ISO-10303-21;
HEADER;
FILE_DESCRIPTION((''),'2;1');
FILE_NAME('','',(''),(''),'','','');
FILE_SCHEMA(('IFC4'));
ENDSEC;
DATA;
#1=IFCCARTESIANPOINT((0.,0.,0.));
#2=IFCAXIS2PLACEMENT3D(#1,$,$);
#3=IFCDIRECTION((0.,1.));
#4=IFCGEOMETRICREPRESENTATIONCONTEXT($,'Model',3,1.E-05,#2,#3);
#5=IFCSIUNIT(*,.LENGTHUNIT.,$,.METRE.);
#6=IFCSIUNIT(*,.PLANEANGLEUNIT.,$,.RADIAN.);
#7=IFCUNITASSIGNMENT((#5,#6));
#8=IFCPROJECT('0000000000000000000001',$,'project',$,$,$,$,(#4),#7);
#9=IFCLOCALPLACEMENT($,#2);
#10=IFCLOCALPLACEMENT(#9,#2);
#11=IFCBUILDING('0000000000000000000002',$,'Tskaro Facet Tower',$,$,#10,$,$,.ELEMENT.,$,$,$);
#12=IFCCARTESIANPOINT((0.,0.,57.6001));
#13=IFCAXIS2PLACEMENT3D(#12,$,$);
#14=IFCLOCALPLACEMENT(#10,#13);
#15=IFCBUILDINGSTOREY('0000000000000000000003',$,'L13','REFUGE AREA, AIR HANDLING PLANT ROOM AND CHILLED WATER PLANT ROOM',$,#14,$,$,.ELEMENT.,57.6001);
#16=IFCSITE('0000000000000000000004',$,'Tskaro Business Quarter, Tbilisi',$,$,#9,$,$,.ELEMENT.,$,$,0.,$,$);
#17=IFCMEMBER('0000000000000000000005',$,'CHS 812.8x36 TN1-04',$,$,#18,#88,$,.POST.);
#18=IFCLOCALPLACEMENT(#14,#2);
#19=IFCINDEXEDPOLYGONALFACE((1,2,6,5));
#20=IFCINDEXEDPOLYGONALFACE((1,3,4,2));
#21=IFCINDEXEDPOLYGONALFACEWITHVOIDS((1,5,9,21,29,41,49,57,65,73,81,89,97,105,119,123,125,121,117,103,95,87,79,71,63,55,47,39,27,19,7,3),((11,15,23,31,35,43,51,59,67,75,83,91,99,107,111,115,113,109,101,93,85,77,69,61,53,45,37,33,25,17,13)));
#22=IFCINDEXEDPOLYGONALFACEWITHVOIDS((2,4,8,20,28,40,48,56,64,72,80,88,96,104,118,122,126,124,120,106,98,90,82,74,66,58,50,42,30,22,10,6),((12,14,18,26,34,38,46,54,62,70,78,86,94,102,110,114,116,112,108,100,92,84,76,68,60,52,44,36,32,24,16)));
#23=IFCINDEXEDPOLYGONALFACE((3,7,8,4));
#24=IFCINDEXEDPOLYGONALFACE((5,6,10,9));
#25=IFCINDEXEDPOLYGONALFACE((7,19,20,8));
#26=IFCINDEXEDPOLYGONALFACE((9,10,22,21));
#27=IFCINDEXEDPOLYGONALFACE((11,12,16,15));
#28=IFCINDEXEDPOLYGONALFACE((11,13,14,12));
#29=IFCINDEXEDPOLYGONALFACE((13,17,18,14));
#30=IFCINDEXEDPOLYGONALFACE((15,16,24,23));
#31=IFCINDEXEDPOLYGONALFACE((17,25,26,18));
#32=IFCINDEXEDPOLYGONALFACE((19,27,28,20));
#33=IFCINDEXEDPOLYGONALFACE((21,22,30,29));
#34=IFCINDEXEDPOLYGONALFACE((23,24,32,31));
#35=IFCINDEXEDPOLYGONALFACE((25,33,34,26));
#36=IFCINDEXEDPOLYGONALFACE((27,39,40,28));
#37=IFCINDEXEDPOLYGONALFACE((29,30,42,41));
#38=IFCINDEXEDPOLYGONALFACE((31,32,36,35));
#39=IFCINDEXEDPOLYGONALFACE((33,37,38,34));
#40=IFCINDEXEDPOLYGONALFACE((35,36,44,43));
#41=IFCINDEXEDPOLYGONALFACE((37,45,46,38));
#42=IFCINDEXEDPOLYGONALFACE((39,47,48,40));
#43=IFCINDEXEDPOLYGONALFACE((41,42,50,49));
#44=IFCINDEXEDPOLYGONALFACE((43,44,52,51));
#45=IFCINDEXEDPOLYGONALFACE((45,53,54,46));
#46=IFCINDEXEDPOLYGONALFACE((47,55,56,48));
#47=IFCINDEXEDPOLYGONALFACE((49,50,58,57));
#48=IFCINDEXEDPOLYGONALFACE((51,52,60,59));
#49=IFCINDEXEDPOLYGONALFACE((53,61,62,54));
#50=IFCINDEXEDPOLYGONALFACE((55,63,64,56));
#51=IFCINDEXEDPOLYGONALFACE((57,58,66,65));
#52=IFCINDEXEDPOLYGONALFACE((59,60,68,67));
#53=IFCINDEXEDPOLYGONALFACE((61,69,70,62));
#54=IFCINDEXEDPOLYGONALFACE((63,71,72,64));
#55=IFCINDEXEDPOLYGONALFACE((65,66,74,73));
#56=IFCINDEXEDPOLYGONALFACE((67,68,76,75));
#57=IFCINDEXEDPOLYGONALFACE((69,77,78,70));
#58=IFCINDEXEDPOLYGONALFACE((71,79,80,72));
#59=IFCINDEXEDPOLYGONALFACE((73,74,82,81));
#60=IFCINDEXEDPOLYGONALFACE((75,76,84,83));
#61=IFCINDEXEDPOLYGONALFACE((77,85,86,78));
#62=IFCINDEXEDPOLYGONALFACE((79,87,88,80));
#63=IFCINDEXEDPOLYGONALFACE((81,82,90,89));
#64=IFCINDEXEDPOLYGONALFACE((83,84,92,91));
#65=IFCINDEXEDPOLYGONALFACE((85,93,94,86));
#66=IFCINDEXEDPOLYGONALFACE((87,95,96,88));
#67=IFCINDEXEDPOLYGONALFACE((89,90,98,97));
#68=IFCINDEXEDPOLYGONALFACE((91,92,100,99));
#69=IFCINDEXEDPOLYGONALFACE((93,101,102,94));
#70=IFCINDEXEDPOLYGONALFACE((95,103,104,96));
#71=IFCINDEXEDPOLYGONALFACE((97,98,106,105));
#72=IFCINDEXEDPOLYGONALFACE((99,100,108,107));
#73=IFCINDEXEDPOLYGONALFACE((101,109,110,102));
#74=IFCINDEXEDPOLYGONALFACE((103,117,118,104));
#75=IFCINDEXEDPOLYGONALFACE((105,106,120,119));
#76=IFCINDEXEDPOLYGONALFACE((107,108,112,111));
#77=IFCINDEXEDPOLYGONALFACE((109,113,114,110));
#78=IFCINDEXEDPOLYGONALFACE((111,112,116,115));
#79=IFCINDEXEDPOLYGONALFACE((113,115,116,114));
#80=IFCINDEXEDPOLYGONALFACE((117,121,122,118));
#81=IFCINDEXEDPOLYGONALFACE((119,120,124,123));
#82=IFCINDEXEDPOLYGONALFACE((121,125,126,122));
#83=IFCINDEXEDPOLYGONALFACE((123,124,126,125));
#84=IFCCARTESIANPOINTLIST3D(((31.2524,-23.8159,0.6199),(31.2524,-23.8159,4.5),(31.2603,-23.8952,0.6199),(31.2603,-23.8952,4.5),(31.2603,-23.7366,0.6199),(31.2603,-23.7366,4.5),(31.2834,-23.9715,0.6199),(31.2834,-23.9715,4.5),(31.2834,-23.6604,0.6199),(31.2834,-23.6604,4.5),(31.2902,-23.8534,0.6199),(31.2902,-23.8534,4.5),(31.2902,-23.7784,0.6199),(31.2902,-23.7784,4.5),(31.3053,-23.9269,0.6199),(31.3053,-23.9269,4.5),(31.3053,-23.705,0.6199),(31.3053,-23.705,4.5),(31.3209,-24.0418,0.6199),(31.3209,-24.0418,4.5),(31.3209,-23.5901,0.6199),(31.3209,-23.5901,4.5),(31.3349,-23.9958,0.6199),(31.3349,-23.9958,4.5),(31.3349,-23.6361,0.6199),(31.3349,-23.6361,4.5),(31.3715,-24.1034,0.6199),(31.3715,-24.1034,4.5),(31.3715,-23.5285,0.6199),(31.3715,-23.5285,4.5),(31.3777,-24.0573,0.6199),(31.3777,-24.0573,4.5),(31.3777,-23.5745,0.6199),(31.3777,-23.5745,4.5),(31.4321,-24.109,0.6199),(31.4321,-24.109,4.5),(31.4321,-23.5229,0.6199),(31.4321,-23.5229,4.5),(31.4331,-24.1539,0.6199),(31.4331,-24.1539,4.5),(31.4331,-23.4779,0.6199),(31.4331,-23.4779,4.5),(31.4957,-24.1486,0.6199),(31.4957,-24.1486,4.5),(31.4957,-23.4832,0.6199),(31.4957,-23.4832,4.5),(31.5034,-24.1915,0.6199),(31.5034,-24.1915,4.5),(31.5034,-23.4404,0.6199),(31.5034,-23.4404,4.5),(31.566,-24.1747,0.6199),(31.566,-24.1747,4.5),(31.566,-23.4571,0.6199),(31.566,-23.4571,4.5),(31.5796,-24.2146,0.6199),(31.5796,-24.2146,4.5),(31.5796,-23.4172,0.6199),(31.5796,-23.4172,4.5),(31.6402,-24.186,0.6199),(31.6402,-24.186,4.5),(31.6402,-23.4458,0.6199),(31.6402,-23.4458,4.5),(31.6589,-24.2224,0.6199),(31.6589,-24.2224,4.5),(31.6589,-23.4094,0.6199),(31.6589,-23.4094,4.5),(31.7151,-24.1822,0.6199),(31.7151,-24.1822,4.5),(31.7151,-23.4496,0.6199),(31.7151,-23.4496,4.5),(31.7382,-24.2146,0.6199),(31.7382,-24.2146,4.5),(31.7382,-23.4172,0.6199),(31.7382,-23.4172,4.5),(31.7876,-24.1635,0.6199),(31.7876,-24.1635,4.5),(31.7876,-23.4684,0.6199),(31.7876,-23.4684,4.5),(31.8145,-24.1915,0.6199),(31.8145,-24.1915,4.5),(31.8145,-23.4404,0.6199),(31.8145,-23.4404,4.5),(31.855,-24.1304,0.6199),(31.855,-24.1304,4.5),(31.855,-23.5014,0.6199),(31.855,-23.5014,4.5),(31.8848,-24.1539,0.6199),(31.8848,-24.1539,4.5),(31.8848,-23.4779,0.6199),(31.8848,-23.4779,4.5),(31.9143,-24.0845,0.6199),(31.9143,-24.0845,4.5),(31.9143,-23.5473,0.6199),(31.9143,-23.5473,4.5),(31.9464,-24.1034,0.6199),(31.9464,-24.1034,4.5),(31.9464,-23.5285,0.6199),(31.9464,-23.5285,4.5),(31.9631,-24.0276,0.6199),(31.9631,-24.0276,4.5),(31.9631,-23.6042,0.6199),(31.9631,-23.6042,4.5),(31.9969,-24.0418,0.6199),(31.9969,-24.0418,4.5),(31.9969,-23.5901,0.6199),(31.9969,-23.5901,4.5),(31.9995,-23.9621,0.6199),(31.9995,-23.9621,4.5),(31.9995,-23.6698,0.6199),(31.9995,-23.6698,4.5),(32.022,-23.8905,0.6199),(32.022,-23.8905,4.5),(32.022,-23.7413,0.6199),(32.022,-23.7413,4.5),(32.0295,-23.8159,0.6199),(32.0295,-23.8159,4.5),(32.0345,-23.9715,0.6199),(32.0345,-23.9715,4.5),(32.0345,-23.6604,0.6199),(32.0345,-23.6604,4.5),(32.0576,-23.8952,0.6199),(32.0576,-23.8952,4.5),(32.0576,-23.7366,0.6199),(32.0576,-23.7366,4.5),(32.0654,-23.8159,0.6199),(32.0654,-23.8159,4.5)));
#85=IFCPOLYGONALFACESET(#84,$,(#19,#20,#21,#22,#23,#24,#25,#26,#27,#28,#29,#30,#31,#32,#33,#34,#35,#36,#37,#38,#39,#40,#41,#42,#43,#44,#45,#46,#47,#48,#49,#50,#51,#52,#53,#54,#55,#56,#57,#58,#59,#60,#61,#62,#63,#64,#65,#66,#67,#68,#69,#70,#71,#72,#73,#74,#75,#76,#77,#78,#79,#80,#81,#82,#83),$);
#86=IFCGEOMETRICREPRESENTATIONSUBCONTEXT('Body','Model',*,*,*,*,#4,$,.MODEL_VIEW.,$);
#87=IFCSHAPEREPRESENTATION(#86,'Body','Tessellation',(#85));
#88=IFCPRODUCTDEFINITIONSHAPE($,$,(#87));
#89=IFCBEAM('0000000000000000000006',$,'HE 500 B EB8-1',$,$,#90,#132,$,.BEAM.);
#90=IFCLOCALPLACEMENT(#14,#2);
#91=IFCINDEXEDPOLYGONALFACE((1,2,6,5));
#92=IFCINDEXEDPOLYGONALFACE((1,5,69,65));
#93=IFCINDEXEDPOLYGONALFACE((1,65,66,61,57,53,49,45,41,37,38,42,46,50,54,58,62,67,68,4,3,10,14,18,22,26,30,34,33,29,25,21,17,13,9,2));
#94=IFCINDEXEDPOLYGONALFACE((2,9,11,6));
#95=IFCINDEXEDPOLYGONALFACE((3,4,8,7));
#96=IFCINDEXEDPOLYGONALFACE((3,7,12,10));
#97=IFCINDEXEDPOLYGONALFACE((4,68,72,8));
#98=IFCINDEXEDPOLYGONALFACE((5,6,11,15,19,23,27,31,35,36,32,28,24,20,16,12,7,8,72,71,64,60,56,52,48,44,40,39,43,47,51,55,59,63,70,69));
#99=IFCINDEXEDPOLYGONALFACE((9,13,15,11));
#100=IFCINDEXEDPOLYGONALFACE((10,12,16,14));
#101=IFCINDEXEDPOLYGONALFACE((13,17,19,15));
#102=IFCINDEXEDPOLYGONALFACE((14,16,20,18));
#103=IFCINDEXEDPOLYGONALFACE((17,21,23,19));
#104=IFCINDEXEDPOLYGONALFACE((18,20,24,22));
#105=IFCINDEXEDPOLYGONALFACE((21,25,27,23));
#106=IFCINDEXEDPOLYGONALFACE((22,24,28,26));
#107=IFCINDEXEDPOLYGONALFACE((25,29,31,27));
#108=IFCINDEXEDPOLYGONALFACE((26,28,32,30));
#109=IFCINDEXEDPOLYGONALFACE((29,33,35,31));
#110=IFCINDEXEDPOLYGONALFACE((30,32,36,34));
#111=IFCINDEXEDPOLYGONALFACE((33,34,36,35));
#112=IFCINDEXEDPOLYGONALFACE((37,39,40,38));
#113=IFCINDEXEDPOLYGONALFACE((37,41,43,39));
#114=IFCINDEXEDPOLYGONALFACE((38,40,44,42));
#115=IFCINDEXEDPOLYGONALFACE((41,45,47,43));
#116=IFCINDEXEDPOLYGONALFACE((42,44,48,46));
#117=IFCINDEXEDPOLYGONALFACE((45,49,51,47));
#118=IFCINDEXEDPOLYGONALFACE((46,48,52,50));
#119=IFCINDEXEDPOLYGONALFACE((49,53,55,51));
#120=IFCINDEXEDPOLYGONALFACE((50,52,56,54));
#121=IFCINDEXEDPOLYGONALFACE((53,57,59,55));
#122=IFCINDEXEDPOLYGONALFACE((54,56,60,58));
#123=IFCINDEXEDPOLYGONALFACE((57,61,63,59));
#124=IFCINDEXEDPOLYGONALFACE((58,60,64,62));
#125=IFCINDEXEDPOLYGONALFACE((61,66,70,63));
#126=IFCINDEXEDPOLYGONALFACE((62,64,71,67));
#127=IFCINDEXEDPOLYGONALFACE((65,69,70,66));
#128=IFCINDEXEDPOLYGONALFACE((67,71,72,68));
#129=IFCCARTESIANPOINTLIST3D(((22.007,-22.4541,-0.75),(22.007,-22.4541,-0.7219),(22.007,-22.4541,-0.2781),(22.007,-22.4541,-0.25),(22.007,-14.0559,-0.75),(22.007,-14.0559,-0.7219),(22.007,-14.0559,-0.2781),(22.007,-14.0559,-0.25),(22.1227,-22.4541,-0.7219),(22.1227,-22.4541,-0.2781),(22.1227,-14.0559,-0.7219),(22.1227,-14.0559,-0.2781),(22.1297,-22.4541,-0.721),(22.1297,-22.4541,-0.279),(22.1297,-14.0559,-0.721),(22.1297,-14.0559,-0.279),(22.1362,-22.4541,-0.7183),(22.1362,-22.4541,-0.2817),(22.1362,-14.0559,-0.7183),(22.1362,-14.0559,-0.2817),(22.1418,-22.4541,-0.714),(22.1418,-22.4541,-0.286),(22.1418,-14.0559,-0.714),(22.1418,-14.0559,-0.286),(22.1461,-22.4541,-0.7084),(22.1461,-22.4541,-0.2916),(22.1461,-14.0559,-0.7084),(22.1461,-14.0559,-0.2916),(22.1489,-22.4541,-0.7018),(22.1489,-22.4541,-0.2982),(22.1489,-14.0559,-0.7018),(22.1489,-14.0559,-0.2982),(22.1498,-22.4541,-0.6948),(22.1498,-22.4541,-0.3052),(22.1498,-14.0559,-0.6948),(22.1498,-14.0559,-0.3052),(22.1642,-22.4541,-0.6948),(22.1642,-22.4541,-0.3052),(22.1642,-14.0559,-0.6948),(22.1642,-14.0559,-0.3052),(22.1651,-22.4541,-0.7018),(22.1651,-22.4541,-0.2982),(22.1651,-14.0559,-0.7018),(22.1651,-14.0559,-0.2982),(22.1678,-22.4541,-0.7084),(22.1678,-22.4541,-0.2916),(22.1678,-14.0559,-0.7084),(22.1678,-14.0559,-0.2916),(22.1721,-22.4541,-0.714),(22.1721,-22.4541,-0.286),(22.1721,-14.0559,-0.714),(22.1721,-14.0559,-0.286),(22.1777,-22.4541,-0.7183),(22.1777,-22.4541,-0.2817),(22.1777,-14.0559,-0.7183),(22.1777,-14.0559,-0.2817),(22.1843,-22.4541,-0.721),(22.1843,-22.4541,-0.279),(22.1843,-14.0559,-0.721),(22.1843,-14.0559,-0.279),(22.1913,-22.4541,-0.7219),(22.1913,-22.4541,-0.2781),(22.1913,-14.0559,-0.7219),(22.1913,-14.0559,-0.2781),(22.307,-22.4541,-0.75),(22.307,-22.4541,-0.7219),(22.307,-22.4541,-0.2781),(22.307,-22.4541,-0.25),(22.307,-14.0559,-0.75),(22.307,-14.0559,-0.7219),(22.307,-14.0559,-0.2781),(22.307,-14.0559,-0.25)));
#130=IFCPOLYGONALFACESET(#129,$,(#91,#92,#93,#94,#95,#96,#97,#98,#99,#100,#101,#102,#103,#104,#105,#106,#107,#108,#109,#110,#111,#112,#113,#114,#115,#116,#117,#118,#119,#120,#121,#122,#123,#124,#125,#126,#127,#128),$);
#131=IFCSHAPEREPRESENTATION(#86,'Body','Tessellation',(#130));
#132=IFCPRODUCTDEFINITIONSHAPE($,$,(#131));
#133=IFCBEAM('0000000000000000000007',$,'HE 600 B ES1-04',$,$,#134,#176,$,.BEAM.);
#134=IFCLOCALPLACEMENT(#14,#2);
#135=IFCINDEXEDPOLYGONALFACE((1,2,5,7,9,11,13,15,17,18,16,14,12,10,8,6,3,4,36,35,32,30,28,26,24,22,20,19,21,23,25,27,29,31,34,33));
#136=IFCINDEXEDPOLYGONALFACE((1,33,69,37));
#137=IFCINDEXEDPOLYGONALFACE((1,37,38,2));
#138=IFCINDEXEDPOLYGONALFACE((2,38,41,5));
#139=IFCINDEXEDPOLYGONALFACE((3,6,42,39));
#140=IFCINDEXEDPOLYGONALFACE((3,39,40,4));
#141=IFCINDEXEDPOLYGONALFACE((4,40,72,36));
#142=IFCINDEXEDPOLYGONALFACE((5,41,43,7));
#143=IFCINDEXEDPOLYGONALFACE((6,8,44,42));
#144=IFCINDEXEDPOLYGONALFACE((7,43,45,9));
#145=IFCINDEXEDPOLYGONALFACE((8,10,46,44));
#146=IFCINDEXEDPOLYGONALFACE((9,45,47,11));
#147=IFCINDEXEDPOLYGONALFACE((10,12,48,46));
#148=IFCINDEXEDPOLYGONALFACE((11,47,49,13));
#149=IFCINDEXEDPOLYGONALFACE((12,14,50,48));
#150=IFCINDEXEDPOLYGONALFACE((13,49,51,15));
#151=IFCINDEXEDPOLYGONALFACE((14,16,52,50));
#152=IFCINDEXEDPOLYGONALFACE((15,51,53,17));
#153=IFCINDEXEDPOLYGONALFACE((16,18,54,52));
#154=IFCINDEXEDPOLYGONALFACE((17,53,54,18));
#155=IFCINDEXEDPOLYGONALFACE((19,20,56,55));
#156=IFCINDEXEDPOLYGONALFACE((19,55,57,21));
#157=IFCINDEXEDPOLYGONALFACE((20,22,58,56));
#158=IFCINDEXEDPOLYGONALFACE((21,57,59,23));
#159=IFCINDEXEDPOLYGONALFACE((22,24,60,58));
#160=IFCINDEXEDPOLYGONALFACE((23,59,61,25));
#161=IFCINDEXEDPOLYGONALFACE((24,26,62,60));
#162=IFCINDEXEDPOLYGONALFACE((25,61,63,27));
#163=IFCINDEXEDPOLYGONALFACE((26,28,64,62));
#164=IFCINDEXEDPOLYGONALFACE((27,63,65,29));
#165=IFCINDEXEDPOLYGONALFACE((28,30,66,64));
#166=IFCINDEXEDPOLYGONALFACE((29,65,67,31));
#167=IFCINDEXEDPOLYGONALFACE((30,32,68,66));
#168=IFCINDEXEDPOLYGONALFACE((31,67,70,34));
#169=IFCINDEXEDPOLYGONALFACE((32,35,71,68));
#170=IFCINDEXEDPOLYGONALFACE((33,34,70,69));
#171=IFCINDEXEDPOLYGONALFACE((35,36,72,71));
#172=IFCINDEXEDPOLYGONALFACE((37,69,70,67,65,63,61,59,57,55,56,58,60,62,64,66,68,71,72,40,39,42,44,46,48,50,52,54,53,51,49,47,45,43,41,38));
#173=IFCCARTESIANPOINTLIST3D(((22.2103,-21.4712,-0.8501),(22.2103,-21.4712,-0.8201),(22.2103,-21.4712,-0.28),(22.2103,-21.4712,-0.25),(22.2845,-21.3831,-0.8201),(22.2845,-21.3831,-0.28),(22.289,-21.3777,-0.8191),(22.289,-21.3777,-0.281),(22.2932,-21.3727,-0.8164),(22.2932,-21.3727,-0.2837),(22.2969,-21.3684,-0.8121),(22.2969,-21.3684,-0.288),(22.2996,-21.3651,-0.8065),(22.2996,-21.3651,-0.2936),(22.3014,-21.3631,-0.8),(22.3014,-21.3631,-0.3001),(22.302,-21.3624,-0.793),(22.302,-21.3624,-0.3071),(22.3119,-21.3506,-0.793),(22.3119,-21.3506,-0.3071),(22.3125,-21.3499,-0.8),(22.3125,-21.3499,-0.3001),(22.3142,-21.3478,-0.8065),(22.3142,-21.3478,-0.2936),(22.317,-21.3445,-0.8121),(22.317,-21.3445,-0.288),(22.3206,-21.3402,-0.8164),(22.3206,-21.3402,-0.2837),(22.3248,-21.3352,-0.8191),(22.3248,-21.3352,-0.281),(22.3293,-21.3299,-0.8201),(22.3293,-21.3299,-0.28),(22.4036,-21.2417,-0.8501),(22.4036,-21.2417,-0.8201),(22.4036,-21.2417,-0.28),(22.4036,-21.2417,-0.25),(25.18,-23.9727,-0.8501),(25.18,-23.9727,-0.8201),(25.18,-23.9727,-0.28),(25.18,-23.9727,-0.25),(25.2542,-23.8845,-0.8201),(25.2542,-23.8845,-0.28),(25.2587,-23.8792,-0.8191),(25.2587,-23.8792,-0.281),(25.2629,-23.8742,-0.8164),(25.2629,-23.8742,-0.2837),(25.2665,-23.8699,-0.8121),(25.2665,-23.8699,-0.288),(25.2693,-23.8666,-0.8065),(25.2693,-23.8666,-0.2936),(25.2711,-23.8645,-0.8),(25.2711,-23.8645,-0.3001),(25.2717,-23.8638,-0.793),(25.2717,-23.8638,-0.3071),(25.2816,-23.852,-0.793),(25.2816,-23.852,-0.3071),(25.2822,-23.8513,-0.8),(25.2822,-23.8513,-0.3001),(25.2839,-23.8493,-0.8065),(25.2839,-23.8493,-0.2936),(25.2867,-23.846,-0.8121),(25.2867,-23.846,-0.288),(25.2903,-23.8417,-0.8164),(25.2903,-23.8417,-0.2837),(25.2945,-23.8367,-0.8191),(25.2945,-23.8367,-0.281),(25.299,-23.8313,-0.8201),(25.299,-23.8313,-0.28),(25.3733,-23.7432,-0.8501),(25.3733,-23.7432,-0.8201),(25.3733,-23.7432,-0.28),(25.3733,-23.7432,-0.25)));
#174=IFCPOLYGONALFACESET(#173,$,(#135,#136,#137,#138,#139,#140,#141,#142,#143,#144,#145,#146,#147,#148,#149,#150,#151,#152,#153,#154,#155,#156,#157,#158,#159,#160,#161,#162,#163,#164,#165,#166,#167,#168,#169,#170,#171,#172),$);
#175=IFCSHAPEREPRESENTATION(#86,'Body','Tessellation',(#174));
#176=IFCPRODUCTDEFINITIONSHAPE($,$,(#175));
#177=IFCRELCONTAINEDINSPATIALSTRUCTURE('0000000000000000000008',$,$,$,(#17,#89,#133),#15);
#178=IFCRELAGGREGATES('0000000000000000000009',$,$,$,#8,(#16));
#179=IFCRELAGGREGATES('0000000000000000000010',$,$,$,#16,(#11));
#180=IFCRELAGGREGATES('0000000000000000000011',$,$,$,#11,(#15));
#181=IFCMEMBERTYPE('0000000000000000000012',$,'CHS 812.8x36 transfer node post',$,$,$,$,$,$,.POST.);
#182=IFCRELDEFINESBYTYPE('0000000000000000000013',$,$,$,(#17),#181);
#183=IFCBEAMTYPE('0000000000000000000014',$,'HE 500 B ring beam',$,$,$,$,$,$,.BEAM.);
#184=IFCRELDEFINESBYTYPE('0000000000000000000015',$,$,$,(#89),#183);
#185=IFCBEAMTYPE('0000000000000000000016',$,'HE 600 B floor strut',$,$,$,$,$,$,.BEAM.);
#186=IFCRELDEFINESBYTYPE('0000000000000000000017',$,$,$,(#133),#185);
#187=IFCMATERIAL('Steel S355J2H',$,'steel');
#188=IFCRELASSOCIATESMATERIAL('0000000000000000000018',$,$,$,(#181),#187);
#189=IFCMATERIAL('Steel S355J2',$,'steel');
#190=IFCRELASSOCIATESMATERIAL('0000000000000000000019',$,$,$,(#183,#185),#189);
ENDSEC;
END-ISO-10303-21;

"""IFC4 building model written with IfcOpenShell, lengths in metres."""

from ifc_helpers import new_model, si_unit, direction, frame, origin, origin_2d, place, context, subcontext, project, spatial, hollow_circle, i_section, extrude, material, material_profile, profile_set, type_object, element, save


model = new_model("IFC4")

# Units and contexts
model_context = context("Model", 3, precision=1e-05, world=origin(), true_north=direction((0.0, 1.0)))
body_context = subcontext(model_context, "Body", "Model", "MODEL_VIEW")
ifc_project = project(units=[si_unit("LENGTHUNIT", "METRE"), si_unit("PLANEANGLEUNIT", "RADIAN")], contexts=[model_context])

# Site, building, storey
site_placement = place(None, origin())
site = spatial("IfcSite", under=ifc_project, at=site_placement, Name="Tskaro Business Quarter, Tbilisi", CompositionType="ELEMENT", RefElevation=0.0)
building_placement = place(site_placement, origin())
building = spatial("IfcBuilding", under=site, at=building_placement, Name="Tskaro Facet Tower", CompositionType="ELEMENT")
storey_placement = place(building_placement, frame((0.0, 0.0, 57.6001)))
storey = spatial("IfcBuildingStorey", under=building, at=storey_placement, Name="L13", Description="REFUGE AREA, AIR HANDLING PLANT ROOM AND CHILLED WATER PLANT ROOM", CompositionType="ELEMENT", Elevation=57.6001)

# Shared definitions
ifc_material_1 = material(Name="Steel S355J2H", Category="steel")

# Shared definitions
ifc_material_2 = material(Name="Steel S355J2", Category="steel")

# Member
ifc_material_profile_1 = material_profile(ifc_material_1, hollow_circle(Radius=0.4065, WallThickness=0.0359, at=origin_2d()), Name="CHS 812.8x36")
ifc_profile_set_1 = profile_set([ifc_material_profile_1], Name="Steel S355J2H")
member_type_1 = type_object("IfcMemberType", Name="CHS 812.8x36 transfer node post", PredefinedType="POST", material=ifc_profile_set_1)
for number, where, z_axis, x_axis, name in (
    (1, (31.6589, -23.8159, 0.6199), (0.0, 0.0, 1.0), (1.0, 0.0, 0.0), "CHS 812.8x36 TN1-04"),
):
    element("IfcMember", number, at=place(storey_placement, frame(where, z_axis=z_axis, x_axis=x_axis)), inside=storey, type_object=member_type_1, Name=name, PredefinedType="POST", context=body_context, shape_type="SweptSolid", body=[
        extrude(hollow_circle(Radius=0.4065, WallThickness=0.0359, at=origin_2d()), origin(), (0.0, 0.0, 1.0), 3.8801),
    ])

# Beams
ifc_material_profile_2 = material_profile(ifc_material_2, i_section(OverallWidth=0.3, OverallDepth=0.5, WebThickness=0.0144, FlangeThickness=0.0281, FilletRadius=0.0271, at=origin_2d()), Name="HE 500 B")
ifc_profile_set_2 = profile_set([ifc_material_profile_2], Name="Steel S355J2")
beam_type_1 = type_object("IfcBeamType", Name="HE 500 B ring beam", PredefinedType="BEAM", material=ifc_profile_set_2)
beam_1_placement = place(storey_placement, frame((22.157, -22.4541, -0.5), z_axis=(0.0, 1.0, 0.0), x_axis=(-1.0, 0.0, 0.0)))
element("IfcBeam", 2, at=beam_1_placement, inside=storey, type_object=beam_type_1, Name="HE 500 B EB8-1", PredefinedType="BEAM", context=body_context, shape_type="SweptSolid", body=[
    extrude(i_section(OverallWidth=0.3, OverallDepth=0.5, WebThickness=0.0144, FlangeThickness=0.0281, FilletRadius=0.0271, at=origin_2d()), origin(), (0.0, 0.0, 1.0), 8.3982),
])
ifc_material_profile_3 = material_profile(ifc_material_2, i_section(OverallWidth=0.3, OverallDepth=0.6001, WebThickness=0.0154, FlangeThickness=0.03, FilletRadius=0.0271, at=origin_2d()), Name="HE 600 B")
ifc_profile_set_3 = profile_set([ifc_material_profile_3], Name="Steel S355J2")
beam_type_2 = type_object("IfcBeamType", Name="HE 600 B floor strut", PredefinedType="BEAM", material=ifc_profile_set_3)
beam_2_placement = place(storey_placement, frame((25.2766, -23.8579, -0.55), z_axis=(-0.76483, 0.644233, 0.0), x_axis=(-0.644233, -0.76483, 0.0)))
element("IfcBeam", 3, at=beam_2_placement, inside=storey, type_object=beam_type_2, Name="HE 600 B ES1-04", PredefinedType="BEAM", context=body_context, shape_type="SweptSolid", body=[
    extrude(i_section(OverallWidth=0.3, OverallDepth=0.6001, WebThickness=0.0154, FlangeThickness=0.03, FilletRadius=0.0271, at=origin_2d()), origin(), (0.0, 0.0, 1.0), 3.8828),
])

save(model, "model.ifc")
